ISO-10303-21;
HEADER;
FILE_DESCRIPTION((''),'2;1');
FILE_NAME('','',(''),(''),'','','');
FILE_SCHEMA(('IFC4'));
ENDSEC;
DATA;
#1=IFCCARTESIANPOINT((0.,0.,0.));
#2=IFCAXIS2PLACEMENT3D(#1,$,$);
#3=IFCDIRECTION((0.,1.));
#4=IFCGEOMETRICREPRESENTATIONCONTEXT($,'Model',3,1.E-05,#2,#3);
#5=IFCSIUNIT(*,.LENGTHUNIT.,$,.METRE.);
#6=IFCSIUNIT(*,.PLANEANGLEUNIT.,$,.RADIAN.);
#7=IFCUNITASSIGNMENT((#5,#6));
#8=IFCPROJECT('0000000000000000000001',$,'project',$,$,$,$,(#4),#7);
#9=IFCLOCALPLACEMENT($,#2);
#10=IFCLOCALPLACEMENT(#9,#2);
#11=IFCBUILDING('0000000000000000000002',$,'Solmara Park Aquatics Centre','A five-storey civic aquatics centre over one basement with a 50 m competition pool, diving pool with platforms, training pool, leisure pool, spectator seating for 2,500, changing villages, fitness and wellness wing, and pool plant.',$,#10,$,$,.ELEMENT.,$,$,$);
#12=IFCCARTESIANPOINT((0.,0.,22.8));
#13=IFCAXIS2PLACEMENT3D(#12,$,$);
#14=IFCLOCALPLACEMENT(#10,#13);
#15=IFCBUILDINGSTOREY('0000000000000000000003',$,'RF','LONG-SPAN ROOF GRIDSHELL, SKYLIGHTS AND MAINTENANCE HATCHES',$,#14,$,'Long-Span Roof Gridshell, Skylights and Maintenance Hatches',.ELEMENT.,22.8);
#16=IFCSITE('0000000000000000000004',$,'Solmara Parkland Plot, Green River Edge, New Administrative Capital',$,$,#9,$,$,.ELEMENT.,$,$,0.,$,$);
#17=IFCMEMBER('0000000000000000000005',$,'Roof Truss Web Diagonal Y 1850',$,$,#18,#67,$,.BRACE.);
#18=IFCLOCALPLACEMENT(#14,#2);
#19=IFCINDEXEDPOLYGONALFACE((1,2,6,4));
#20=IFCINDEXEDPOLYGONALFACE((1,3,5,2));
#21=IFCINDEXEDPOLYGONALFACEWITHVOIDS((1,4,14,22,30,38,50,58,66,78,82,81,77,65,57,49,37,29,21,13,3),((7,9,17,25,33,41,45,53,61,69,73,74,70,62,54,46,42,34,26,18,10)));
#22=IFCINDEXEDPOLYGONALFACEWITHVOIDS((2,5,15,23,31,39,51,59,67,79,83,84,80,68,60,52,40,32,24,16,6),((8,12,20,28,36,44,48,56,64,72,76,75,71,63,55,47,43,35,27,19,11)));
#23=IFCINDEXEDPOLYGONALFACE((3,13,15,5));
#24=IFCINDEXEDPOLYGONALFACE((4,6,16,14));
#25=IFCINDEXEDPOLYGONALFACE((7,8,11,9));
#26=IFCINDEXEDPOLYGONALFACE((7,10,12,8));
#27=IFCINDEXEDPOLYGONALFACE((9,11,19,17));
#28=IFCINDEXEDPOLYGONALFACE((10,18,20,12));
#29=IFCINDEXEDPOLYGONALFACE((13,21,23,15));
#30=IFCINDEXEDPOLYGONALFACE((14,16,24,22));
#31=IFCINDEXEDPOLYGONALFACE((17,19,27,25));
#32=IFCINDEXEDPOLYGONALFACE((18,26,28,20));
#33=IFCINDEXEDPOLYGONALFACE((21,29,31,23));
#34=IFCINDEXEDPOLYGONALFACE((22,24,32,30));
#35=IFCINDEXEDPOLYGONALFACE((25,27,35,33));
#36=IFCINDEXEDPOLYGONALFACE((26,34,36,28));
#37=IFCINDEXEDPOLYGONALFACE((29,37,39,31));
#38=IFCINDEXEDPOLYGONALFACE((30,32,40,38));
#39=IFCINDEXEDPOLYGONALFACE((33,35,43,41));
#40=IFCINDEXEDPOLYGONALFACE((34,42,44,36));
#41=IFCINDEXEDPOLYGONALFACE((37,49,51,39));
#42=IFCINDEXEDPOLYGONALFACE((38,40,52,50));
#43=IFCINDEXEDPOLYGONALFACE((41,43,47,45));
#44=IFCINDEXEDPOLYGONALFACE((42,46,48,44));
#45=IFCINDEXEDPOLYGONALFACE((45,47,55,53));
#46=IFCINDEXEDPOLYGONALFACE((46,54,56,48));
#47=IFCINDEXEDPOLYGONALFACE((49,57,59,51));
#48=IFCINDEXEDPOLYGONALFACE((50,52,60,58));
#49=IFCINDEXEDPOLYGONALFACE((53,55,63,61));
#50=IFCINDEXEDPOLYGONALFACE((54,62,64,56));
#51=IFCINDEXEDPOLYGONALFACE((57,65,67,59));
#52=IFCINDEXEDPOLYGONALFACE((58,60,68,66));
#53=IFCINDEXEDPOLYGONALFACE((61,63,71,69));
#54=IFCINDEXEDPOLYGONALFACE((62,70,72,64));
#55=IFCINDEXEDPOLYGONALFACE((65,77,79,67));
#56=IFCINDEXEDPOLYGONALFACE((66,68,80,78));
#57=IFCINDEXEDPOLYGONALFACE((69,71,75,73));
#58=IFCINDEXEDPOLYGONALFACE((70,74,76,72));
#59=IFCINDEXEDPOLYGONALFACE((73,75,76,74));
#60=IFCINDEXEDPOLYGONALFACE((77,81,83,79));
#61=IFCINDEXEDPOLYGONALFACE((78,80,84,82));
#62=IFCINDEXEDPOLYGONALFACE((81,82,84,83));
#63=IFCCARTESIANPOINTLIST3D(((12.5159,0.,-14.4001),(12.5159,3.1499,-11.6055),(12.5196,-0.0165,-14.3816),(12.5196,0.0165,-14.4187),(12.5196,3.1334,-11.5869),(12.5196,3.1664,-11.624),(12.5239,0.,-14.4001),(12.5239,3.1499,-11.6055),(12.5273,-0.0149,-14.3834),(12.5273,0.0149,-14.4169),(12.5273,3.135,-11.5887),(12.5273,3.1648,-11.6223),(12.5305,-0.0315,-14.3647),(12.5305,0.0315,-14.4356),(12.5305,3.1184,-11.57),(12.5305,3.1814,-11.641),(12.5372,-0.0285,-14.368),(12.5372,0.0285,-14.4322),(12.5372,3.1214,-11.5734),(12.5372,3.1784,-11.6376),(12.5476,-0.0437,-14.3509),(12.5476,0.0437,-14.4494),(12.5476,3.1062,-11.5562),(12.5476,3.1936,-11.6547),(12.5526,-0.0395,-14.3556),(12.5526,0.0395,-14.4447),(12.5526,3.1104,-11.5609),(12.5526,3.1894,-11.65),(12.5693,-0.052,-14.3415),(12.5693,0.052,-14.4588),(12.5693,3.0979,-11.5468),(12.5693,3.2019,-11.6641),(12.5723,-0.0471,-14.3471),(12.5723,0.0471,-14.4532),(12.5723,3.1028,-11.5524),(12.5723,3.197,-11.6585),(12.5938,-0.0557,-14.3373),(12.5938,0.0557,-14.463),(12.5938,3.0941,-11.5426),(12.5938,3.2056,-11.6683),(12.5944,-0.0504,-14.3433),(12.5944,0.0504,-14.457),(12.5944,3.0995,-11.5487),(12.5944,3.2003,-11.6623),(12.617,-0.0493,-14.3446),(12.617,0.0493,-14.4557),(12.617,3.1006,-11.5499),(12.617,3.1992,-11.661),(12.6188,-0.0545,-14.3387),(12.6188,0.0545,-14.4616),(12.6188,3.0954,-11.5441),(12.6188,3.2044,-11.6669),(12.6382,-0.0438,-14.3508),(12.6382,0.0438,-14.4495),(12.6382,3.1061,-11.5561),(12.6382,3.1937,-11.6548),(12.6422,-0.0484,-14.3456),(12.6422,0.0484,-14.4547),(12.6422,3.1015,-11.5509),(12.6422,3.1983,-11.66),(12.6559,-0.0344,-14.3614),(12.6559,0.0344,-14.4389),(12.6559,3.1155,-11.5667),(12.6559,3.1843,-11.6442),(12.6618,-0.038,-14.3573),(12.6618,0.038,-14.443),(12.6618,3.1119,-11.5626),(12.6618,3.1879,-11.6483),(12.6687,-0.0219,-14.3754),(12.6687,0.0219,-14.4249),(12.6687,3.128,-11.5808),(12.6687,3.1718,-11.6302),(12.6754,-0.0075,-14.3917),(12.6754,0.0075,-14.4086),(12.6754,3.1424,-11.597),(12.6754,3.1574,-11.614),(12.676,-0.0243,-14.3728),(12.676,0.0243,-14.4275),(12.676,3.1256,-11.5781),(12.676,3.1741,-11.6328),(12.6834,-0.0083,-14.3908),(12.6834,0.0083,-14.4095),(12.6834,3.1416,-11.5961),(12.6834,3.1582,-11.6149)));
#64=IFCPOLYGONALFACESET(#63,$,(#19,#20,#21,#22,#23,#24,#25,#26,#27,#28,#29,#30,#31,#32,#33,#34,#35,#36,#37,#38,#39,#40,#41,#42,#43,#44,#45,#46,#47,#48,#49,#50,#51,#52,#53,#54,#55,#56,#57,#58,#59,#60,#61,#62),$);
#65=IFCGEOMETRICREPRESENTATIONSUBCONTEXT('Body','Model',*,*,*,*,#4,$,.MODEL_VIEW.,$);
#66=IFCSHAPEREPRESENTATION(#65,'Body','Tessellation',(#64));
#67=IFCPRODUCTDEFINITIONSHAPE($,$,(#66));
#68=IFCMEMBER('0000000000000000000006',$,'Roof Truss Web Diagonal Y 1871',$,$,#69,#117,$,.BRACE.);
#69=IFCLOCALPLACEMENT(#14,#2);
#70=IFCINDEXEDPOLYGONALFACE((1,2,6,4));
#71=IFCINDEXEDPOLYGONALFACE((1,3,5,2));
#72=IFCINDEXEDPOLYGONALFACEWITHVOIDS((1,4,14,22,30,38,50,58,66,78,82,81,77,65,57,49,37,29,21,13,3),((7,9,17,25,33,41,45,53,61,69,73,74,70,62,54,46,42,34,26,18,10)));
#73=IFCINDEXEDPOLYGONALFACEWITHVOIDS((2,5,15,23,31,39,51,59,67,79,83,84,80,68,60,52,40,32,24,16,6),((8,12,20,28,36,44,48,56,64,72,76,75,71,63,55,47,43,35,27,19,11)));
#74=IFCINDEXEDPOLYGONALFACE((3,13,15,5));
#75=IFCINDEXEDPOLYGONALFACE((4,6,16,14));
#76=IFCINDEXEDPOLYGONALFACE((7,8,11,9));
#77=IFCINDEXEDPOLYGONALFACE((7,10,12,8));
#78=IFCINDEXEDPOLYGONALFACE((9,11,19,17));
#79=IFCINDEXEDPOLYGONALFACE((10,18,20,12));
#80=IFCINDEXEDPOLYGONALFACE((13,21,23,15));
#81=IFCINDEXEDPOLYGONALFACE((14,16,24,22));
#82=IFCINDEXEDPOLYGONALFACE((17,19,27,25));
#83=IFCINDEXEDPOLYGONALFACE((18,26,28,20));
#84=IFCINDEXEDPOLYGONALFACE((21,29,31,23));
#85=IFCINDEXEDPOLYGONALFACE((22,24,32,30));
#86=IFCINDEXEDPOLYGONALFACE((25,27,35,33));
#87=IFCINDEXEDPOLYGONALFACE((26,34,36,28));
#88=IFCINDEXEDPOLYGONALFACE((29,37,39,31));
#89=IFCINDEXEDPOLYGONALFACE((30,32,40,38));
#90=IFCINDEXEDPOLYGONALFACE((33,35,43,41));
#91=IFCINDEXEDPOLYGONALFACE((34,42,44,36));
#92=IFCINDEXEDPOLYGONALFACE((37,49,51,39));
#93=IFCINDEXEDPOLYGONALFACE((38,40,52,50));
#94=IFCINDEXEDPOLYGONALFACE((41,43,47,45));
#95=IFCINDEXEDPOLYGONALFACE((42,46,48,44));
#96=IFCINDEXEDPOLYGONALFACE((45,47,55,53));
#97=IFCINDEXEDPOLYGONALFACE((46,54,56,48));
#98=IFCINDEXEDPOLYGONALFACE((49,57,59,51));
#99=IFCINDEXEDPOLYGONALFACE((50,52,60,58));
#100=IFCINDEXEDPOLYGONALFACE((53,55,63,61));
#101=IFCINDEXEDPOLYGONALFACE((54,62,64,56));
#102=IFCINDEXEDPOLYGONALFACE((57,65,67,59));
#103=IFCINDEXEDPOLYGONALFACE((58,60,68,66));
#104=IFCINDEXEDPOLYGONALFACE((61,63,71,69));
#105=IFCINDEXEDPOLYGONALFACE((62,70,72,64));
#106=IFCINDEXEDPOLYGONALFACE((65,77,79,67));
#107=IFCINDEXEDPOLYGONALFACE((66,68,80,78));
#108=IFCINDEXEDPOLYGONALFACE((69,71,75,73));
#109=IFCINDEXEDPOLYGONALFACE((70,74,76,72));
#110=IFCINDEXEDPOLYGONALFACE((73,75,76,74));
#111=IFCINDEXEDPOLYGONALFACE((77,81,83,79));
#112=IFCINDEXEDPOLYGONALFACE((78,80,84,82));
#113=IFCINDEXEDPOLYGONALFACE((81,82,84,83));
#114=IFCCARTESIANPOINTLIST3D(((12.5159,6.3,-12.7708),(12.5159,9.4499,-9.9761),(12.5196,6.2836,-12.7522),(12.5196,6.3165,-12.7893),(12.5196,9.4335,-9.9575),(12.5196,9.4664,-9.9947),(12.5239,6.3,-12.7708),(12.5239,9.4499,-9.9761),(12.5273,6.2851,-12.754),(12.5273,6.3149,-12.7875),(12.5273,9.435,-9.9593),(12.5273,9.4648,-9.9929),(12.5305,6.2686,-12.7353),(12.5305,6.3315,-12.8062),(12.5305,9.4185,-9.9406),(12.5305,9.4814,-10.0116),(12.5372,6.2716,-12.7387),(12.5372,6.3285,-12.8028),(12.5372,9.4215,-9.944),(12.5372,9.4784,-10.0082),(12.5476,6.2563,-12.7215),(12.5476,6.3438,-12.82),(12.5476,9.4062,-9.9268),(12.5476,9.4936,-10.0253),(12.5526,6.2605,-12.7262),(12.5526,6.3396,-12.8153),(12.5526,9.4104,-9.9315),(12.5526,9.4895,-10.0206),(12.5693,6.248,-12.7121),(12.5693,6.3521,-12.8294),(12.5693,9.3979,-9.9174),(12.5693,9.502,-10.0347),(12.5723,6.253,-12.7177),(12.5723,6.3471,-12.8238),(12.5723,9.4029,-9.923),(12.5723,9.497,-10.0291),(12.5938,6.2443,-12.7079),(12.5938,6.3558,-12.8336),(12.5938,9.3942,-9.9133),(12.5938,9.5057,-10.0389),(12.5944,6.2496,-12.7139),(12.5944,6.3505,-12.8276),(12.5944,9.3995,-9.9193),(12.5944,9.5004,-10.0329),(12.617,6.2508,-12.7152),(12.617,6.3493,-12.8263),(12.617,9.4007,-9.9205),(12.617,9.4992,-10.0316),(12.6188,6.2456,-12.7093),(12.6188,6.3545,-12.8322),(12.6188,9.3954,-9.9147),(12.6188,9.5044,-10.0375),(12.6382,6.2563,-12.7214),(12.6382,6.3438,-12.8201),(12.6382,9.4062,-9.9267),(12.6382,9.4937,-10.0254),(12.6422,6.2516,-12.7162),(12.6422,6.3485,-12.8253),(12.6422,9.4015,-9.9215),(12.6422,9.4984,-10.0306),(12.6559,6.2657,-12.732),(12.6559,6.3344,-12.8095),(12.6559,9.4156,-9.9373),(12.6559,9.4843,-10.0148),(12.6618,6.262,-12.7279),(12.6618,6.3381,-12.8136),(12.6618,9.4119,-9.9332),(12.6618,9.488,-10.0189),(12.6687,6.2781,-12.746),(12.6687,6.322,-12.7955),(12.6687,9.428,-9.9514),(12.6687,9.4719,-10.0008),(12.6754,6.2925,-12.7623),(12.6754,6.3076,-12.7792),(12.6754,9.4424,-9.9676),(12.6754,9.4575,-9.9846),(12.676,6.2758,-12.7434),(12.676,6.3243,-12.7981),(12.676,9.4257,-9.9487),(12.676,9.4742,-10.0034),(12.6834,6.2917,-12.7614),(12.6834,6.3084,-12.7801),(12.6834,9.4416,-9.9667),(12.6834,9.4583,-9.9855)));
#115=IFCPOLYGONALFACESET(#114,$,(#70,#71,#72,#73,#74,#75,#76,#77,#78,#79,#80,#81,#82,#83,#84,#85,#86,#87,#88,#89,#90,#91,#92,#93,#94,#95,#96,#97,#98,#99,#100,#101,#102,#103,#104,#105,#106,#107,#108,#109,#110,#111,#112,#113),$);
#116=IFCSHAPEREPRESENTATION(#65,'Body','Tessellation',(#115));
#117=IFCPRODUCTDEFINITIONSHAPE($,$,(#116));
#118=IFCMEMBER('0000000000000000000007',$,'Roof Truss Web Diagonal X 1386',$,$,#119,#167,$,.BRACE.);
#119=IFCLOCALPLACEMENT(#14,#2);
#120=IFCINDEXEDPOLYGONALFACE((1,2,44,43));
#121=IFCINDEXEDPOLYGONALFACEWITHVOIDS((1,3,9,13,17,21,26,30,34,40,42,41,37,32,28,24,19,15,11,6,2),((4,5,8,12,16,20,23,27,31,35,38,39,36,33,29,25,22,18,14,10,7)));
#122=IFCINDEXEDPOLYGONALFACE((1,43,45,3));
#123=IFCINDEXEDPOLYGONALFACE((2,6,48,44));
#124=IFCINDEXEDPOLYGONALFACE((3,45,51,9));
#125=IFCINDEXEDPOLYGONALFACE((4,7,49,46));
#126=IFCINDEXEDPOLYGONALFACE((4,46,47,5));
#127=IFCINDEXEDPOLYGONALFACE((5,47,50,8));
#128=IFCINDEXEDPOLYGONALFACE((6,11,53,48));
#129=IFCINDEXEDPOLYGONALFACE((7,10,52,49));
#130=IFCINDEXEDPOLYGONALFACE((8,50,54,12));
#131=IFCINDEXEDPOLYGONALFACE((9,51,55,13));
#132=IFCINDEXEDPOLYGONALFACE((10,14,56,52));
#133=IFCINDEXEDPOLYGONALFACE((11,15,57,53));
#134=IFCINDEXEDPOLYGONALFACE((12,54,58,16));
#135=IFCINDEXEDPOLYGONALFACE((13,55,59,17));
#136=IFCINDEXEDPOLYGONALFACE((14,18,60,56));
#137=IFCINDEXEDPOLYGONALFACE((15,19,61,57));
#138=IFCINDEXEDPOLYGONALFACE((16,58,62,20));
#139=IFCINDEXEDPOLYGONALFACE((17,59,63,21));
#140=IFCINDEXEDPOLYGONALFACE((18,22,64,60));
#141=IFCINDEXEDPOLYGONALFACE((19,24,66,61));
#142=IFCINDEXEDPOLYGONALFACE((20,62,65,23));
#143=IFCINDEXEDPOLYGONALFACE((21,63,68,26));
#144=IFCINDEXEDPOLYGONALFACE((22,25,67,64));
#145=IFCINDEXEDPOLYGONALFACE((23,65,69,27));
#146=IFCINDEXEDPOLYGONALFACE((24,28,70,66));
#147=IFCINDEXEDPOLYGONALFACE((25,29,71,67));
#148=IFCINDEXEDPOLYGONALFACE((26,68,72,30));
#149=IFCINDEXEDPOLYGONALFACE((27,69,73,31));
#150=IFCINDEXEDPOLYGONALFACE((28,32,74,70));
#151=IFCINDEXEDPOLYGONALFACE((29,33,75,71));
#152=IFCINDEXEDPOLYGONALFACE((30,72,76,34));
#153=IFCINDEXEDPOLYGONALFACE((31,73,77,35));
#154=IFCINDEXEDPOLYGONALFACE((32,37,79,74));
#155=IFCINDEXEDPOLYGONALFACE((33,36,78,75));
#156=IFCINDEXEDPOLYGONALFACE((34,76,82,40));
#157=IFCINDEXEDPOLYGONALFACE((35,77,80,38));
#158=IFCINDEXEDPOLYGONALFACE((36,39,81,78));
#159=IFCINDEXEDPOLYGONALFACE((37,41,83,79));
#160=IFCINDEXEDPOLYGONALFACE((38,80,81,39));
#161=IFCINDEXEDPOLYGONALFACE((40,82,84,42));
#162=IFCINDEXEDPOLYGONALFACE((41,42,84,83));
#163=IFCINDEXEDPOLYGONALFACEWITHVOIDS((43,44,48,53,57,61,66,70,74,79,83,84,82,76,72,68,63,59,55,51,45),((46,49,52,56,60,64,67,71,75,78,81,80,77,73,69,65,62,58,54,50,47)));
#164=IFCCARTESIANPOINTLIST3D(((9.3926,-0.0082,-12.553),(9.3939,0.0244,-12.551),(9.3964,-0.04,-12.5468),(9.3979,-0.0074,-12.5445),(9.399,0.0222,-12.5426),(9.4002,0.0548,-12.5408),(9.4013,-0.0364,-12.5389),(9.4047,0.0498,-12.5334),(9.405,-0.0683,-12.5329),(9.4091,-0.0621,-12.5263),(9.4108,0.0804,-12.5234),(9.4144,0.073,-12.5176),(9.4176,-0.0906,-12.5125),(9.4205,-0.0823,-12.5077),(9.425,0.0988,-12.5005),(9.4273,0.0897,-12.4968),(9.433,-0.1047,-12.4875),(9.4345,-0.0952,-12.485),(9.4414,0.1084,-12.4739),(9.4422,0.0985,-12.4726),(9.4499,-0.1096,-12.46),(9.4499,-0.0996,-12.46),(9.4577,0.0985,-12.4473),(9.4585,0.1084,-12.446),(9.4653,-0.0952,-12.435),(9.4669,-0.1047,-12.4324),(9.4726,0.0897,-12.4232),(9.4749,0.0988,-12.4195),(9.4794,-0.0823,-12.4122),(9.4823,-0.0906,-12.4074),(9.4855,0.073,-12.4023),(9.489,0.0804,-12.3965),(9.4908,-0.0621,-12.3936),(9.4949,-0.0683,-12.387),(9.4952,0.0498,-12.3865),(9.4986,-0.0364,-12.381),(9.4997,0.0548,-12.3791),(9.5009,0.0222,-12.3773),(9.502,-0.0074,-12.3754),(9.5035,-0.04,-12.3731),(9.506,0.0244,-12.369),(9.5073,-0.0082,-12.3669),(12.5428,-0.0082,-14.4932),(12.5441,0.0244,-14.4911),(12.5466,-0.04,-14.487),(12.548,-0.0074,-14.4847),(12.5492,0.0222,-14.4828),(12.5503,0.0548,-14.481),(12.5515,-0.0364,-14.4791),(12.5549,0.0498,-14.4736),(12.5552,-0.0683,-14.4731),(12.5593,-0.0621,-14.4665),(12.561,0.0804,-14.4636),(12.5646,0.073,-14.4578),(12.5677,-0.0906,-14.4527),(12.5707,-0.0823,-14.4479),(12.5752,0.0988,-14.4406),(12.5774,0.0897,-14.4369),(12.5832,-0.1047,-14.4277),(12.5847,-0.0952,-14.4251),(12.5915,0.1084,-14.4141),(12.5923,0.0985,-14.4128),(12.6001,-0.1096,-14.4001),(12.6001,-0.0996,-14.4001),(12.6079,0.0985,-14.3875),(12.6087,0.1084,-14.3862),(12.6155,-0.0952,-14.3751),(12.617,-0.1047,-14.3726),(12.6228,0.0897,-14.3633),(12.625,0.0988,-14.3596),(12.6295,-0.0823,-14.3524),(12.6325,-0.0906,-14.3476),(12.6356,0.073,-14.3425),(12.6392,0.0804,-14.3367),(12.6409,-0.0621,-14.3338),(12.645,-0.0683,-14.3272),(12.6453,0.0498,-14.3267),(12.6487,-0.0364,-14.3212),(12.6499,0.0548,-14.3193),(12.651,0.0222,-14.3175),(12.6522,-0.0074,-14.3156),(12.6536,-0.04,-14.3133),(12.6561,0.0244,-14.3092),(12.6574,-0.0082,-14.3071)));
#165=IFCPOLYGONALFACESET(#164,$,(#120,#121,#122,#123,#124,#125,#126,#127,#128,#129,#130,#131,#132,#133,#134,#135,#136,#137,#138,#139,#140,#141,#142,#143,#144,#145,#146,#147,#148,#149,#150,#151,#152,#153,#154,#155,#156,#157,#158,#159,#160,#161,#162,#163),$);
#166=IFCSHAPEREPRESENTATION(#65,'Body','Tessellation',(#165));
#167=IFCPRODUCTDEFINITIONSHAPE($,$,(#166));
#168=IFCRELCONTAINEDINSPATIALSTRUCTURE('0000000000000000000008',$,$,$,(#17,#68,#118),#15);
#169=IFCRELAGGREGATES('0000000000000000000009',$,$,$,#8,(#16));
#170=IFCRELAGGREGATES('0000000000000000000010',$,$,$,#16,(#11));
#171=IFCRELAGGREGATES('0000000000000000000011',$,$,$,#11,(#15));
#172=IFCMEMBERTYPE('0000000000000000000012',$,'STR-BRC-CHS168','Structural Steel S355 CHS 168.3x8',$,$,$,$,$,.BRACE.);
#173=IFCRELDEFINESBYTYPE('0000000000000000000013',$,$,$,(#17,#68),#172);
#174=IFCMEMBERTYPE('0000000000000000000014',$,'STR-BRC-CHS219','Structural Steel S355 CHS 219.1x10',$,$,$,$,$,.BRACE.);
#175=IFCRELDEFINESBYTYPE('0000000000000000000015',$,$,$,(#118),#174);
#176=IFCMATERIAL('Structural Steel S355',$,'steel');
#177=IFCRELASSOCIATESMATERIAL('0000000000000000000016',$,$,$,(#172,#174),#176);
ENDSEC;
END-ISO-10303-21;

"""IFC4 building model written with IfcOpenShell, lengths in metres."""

from ifc_helpers import new_model, si_unit, direction, frame, origin, origin_2d, place, context, subcontext, project, spatial, hollow_circle, extrude, material, material_profile, profile_set, type_object, element, save


model = new_model("IFC4")

# Units and contexts
model_context = context("Model", 3, precision=1e-05, world=origin(), true_north=direction((0.0, 1.0)))
body_context = subcontext(model_context, "Body", "Model", "MODEL_VIEW")
ifc_project = project(units=[si_unit("LENGTHUNIT", "METRE"), si_unit("PLANEANGLEUNIT", "RADIAN")], contexts=[model_context])

# Site, building, storey
site_placement = place(None, origin())
site = spatial("IfcSite", under=ifc_project, at=site_placement, Name="Solmara Parkland Plot, Green River Edge, New Administrative Capital", CompositionType="ELEMENT", RefElevation=0.0)
building_placement = place(site_placement, origin())
building = spatial("IfcBuilding", under=site, at=building_placement, Name="Solmara Park Aquatics Centre", Description="A five-storey civic aquatics centre over one basement with a 50 m competition pool, diving pool with platforms, training pool, leisure pool, spectator seating for 2,500, changing villages, fitness and wellness wing, and pool plant.", CompositionType="ELEMENT")
storey_placement = place(building_placement, frame((0.0, 0.0, 22.8)))
storey = spatial("IfcBuildingStorey", under=building, at=storey_placement, Name="RF", Description="LONG-SPAN ROOF GRIDSHELL, SKYLIGHTS AND MAINTENANCE HATCHES", LongName="Long-Span Roof Gridshell, Skylights and Maintenance Hatches", CompositionType="ELEMENT", Elevation=22.8)

# Members
ifc_material_1 = material(Name="Structural Steel S355", Category="steel")
ifc_material_profile_1 = material_profile(ifc_material_1, hollow_circle(Radius=0.0842, WallThickness=0.0081, at=origin_2d()), Name="CHS 168.3x8")
ifc_profile_set_1 = profile_set([ifc_material_profile_1], Name="Structural Steel S355")
member_type_1 = type_object("IfcMemberType", Name="STR-BRC-CHS168", Description="Structural Steel S355 CHS 168.3x8", PredefinedType="BRACE", material=ifc_profile_set_1)
for number, where, z_axis, x_axis, name in (
    (1, (12.6001, 0.0, -14.4001), (0.0, 0.748026, 0.663669), (-1.0, 0.0, 0.0), "Roof Truss Web Diagonal Y 1850"),
    (2, (12.6001, 6.3, -12.7708), (0.0, 0.748026, 0.663669), (-1.0, 0.0, 0.0), "Roof Truss Web Diagonal Y 1871"),
):
    element("IfcMember", number, at=place(storey_placement, frame(where, z_axis=z_axis, x_axis=x_axis)), inside=storey, type_object=member_type_1, Name=name, PredefinedType="BRACE", context=body_context, shape_type="SweptSolid", body=[
        extrude(hollow_circle(Radius=0.0842, WallThickness=0.0081, at=origin_2d()), origin(), (0.0, 0.0, 1.0), 4.2109),
    ])
ifc_material_profile_2 = material_profile(ifc_material_1, hollow_circle(Radius=0.1096, WallThickness=0.01, at=origin_2d()), Name="CHS 219.1x10")
ifc_profile_set_2 = profile_set([ifc_material_profile_2], Name="Structural Steel S355")
member_type_2 = type_object("IfcMemberType", Name="STR-BRC-CHS219", Description="Structural Steel S355 CHS 219.1x10", PredefinedType="BRACE", material=ifc_profile_set_2)
member_1_placement = place(storey_placement, frame((12.6001, 0.0, -14.4001), z_axis=(-0.851461, 0.0, 0.524418), x_axis=(0.0, -1.0, 0.0)))
element("IfcMember", 3, at=member_1_placement, inside=storey, type_object=member_type_2, Name="Roof Truss Web Diagonal X 1386", PredefinedType="BRACE", context=body_context, shape_type="SweptSolid", body=[
    extrude(hollow_circle(Radius=0.1096, WallThickness=0.01, at=origin_2d()), origin(), (0.0, 0.0, 1.0), 3.6997),
])

save(model, "model.ifc")
